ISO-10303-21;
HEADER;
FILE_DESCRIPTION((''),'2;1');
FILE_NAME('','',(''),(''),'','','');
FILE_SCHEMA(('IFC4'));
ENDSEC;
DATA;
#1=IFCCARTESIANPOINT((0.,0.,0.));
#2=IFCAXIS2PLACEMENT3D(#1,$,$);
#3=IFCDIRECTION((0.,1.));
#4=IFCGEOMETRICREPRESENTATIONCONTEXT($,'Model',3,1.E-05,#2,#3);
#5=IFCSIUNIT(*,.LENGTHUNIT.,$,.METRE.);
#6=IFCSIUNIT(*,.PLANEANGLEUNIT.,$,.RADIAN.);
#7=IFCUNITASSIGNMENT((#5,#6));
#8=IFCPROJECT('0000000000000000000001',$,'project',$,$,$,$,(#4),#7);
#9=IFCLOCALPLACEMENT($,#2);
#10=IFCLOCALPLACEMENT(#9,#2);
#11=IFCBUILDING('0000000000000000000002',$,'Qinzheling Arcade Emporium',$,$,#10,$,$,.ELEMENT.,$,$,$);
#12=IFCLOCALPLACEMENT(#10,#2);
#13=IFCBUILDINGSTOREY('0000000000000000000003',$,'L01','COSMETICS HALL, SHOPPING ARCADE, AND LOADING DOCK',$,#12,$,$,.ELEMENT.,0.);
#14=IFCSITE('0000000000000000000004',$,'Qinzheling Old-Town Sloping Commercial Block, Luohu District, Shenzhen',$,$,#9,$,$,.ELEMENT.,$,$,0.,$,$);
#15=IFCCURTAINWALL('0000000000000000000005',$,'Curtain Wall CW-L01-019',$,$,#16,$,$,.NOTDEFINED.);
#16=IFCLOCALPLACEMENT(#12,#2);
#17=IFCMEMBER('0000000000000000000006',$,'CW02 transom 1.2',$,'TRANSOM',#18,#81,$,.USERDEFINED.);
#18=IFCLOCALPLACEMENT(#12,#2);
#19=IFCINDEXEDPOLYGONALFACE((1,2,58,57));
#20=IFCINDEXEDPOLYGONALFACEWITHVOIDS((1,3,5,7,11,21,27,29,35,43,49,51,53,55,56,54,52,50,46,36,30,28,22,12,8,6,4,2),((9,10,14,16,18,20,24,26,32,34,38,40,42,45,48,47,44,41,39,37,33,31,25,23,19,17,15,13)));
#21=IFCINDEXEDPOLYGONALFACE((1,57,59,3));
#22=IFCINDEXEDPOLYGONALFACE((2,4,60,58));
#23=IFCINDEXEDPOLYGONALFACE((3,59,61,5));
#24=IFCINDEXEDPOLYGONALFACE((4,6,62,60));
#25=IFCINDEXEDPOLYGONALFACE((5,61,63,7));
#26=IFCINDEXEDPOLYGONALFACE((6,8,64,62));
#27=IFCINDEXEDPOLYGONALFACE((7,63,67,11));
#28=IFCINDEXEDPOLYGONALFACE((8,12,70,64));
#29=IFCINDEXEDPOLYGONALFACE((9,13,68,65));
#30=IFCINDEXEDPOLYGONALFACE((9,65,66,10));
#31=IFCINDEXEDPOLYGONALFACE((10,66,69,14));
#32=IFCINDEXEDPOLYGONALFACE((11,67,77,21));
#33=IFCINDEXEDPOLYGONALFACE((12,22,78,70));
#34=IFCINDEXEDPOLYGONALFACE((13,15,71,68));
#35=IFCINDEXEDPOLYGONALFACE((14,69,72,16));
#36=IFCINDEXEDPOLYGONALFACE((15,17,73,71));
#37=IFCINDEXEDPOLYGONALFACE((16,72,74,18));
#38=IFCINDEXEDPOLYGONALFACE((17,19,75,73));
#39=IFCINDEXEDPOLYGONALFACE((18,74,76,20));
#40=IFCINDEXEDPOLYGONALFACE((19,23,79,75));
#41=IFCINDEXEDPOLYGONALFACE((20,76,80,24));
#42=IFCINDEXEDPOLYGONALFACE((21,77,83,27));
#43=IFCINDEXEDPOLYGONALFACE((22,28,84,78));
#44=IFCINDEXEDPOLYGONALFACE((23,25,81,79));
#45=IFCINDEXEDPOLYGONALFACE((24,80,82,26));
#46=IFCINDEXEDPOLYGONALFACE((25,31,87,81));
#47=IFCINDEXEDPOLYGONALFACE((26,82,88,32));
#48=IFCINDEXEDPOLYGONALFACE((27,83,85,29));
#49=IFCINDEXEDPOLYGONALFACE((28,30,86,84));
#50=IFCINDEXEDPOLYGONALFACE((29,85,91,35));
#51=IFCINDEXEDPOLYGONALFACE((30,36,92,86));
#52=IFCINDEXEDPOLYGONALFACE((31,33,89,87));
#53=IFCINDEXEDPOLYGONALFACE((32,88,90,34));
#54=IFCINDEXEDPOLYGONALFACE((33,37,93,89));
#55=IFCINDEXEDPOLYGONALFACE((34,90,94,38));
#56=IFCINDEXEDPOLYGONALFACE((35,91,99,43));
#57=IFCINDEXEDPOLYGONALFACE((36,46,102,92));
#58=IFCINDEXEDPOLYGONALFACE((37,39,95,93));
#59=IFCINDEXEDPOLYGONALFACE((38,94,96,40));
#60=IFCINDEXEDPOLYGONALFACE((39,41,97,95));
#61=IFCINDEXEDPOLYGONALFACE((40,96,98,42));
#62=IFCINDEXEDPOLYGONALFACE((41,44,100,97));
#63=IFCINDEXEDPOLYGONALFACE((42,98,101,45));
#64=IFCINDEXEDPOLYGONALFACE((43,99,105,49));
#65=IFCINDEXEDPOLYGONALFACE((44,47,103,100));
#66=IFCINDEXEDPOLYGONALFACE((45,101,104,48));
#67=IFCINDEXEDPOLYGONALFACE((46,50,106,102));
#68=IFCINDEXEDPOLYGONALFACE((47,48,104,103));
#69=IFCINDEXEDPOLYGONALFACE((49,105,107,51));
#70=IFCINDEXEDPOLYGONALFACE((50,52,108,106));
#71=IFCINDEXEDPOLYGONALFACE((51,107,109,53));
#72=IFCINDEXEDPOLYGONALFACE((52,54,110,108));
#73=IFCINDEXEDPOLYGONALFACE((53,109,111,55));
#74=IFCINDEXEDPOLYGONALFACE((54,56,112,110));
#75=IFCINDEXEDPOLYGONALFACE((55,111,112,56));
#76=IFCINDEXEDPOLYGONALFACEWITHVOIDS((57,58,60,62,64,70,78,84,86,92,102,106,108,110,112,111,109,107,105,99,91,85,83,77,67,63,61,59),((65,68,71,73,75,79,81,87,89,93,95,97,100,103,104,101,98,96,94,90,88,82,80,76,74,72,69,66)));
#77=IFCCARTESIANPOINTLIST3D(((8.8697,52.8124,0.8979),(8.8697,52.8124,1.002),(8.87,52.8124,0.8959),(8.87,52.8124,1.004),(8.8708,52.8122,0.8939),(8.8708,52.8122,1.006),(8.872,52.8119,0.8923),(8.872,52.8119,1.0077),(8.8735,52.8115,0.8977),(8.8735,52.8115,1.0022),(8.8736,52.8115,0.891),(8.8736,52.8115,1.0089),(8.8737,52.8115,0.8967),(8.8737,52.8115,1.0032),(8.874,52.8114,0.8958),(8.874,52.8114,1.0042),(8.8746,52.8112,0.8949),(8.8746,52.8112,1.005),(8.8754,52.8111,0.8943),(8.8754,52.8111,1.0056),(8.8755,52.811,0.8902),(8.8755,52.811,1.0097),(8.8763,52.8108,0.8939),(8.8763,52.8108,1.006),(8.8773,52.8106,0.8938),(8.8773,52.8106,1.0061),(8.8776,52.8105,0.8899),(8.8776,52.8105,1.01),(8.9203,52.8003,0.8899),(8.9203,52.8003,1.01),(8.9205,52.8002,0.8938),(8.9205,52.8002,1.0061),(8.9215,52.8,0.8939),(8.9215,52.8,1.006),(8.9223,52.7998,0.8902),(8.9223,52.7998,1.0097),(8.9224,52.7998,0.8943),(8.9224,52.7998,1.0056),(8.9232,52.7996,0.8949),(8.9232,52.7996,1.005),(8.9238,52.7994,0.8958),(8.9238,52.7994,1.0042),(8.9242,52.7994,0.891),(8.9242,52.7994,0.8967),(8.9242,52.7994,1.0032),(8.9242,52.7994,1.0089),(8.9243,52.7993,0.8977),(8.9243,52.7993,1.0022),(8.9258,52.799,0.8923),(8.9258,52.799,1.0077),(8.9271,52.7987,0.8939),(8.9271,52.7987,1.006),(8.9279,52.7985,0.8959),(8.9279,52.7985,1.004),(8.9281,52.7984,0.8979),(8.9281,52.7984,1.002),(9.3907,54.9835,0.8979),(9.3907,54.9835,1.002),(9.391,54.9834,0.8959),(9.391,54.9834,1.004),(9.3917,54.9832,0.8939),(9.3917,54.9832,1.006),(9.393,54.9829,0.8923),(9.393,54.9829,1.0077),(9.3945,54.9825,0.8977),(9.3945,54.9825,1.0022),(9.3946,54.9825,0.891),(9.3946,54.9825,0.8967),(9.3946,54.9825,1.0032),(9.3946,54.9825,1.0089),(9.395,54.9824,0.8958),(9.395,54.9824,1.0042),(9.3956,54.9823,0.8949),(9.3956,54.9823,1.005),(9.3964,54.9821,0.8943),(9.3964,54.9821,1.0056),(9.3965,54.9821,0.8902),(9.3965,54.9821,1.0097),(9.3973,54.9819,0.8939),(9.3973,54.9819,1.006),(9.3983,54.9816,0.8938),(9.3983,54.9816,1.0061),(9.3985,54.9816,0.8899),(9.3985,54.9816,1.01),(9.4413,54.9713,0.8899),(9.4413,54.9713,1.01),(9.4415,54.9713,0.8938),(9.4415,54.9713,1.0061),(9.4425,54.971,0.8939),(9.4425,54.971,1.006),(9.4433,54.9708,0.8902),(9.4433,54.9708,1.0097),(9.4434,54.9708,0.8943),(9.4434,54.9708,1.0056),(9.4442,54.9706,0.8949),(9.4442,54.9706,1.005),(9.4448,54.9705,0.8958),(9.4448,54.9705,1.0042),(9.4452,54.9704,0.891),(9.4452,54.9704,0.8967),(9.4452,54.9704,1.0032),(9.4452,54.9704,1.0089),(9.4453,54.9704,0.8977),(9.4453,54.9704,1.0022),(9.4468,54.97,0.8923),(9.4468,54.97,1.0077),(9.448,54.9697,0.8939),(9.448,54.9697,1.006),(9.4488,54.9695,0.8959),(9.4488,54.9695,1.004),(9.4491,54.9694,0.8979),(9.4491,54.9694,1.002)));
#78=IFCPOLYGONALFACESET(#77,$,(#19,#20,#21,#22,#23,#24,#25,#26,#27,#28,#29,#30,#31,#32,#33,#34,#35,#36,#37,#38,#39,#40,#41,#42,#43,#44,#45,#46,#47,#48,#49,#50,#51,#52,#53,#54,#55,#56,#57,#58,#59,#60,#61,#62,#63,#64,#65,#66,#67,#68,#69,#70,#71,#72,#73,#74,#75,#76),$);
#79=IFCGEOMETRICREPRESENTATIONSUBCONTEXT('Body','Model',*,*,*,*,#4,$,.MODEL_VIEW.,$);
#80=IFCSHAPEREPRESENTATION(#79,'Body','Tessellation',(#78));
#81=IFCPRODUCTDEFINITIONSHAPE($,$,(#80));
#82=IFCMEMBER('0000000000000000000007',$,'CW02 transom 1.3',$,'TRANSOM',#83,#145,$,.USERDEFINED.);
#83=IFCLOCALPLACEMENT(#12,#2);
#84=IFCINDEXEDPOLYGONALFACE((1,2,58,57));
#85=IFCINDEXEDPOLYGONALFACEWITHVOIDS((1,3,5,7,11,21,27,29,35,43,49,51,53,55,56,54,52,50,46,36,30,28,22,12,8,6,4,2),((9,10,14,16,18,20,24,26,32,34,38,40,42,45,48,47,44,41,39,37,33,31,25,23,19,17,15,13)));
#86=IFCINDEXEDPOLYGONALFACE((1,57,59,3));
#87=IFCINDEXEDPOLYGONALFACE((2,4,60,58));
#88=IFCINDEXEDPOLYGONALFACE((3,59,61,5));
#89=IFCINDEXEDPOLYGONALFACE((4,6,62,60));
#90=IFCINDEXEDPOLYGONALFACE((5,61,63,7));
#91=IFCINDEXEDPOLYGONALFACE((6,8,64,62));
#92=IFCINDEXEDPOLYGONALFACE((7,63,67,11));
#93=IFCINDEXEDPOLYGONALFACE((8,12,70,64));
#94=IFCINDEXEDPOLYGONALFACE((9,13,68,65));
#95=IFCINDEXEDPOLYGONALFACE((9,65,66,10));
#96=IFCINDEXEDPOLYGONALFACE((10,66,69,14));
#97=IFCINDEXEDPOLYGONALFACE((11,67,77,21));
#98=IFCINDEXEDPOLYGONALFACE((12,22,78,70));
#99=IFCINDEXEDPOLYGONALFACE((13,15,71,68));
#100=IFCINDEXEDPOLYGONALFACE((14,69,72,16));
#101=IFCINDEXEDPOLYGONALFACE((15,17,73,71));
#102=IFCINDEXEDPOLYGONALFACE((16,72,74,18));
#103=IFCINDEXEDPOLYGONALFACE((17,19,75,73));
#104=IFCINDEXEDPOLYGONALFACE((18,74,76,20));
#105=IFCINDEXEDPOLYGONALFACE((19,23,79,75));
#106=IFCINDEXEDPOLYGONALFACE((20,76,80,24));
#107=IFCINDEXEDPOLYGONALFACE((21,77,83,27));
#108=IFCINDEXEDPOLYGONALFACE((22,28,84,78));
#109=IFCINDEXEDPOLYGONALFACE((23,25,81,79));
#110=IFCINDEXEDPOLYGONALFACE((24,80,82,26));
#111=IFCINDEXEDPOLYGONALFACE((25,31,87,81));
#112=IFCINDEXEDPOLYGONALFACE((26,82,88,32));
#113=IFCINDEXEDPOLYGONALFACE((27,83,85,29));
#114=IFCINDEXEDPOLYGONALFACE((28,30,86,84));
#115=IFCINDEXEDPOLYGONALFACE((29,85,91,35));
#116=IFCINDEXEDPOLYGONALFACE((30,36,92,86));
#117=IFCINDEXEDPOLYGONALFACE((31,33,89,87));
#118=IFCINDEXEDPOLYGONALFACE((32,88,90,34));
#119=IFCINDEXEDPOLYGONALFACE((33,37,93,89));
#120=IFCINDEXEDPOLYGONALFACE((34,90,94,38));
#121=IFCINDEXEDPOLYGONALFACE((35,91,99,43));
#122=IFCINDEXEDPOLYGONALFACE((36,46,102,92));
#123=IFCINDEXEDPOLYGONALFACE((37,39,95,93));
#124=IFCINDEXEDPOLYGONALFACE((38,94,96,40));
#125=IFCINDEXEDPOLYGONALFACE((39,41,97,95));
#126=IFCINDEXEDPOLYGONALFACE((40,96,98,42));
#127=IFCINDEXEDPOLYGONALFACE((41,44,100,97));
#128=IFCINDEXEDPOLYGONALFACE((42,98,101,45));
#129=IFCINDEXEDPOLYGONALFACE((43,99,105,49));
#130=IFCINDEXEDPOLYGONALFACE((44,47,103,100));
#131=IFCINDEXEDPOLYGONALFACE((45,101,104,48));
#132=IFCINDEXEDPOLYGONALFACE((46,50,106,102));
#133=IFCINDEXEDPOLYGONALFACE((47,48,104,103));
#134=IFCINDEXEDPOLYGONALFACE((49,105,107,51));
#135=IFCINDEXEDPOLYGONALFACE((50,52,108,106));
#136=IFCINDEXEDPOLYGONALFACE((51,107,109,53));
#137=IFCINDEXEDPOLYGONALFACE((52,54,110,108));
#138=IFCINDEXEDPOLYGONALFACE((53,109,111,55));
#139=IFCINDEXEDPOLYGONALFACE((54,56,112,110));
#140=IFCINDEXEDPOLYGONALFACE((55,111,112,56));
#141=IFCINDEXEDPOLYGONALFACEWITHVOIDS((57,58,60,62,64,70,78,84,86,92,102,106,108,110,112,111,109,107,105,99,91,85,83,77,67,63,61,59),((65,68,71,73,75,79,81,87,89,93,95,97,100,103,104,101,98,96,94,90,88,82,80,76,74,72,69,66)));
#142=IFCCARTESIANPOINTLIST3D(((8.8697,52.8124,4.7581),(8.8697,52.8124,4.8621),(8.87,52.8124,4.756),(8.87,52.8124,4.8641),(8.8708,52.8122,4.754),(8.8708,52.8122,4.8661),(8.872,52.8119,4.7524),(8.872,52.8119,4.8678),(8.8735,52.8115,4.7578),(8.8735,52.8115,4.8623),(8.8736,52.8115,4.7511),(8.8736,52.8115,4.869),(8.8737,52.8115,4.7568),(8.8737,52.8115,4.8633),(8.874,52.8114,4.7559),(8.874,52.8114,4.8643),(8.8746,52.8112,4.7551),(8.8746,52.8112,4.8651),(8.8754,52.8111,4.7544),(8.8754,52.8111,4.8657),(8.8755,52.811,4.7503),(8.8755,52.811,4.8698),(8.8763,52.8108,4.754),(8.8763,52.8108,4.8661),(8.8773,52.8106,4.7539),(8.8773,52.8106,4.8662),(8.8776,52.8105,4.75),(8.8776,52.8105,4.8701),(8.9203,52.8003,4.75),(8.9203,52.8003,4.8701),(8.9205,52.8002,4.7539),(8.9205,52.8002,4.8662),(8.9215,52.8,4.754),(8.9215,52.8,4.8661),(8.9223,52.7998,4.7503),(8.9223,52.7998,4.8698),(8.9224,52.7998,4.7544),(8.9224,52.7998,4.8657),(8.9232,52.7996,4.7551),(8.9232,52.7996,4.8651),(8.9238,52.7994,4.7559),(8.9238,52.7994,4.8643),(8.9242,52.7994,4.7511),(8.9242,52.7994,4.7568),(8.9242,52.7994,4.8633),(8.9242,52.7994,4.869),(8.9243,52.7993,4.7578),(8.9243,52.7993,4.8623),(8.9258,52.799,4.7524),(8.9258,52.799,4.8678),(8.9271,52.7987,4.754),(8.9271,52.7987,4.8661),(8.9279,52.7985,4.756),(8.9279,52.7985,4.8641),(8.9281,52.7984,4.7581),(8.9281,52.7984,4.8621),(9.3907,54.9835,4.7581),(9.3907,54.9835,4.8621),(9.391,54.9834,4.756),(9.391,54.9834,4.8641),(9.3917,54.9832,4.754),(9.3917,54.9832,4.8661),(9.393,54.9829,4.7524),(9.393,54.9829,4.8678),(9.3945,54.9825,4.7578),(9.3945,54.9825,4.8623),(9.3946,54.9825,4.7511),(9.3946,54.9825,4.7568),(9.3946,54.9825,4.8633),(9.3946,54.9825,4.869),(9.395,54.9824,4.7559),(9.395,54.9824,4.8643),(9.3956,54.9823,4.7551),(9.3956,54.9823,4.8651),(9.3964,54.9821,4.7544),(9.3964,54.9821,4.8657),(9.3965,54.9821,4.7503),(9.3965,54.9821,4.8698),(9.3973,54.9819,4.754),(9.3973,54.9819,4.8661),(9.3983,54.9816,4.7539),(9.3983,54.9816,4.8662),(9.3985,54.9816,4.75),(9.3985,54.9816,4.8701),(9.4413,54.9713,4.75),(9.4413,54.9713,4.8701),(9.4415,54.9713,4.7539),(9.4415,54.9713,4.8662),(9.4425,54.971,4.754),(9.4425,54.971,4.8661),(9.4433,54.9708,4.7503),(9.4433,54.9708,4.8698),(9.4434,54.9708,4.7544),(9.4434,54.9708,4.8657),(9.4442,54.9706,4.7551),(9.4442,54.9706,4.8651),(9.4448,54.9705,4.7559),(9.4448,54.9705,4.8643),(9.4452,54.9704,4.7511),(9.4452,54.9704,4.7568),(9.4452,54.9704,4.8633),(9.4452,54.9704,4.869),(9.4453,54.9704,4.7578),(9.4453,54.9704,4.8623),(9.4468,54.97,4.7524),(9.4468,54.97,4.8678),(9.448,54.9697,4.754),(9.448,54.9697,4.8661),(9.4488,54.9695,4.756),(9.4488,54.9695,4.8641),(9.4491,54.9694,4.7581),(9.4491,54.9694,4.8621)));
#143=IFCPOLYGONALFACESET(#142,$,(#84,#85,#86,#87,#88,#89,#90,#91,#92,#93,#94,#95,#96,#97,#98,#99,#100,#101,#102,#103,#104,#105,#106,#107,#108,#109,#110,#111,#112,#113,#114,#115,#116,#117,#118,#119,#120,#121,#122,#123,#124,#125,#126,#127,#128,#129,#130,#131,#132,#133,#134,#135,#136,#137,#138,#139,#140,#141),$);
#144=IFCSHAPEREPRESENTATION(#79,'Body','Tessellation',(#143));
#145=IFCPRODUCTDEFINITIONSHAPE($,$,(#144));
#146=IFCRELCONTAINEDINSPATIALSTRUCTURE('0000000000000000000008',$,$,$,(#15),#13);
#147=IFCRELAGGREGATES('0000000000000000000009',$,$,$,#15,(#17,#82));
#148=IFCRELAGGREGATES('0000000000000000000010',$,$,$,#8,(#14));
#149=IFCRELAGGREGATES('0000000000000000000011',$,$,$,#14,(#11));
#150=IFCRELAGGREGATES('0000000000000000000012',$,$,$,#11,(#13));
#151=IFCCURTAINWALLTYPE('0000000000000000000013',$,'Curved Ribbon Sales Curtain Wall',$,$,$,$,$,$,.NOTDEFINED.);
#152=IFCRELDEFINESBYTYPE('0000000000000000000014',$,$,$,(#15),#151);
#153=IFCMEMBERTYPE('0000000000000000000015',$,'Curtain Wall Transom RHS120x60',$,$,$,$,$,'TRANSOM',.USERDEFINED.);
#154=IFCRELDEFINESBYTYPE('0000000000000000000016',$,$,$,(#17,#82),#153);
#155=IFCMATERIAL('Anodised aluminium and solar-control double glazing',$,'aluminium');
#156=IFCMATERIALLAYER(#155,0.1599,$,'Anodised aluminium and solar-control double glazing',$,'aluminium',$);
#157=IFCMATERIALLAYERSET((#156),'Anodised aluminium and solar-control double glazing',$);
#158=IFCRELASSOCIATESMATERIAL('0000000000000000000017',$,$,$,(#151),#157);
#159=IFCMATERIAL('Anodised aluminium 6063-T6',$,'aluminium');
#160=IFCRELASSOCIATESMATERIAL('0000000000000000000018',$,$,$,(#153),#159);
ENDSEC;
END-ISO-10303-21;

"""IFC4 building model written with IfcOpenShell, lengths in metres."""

from ifc_helpers import new_model, si_unit, direction, frame, origin, origin_2d, place, context, subcontext, project, spatial, hollow_rectangle, extrude, material, layer, layer_set, material_profile, profile_set, type_object, element, aggregate, save


model = new_model("IFC4")

# Units and contexts
model_context = context("Model", 3, precision=1e-05, world=origin(), true_north=direction((0.0, 1.0)))
body_context = subcontext(model_context, "Body", "Model", "MODEL_VIEW")
ifc_project = project(units=[si_unit("LENGTHUNIT", "METRE"), si_unit("PLANEANGLEUNIT", "RADIAN")], contexts=[model_context])

# Site, building, storey
site_placement = place(None, origin())
site = spatial("IfcSite", under=ifc_project, at=site_placement, Name="Qinzheling Old-Town Sloping Commercial Block, Luohu District, Shenzhen", CompositionType="ELEMENT", RefElevation=0.0)
building_placement = place(site_placement, origin())
building = spatial("IfcBuilding", under=site, at=building_placement, Name="Qinzheling Arcade Emporium", CompositionType="ELEMENT")
storey_placement = place(building_placement, origin())
storey = spatial("IfcBuildingStorey", under=building, at=storey_placement, Name="L01", Description="COSMETICS HALL, SHOPPING ARCADE, AND LOADING DOCK", CompositionType="ELEMENT", Elevation=0.0)

# Curtain wall
ifc_material_1 = material(Name="Anodised aluminium and solar-control double glazing", Category="aluminium")
ifc_layer_1 = layer(ifc_material_1, 0.1599, Name="Anodised aluminium and solar-control double glazing", Category="aluminium")
ifc_layer_set_1 = layer_set([ifc_layer_1], Name="Anodised aluminium and solar-control double glazing")
curtain_wall_type = type_object("IfcCurtainWallType", Name="Curved Ribbon Sales Curtain Wall", PredefinedType="NOTDEFINED", material=ifc_layer_set_1)
curtain_wall_1_placement = place(storey_placement, origin())
curtain_wall_1 = element("IfcCurtainWall", 1, at=curtain_wall_1_placement, inside=storey, type_object=curtain_wall_type, Name="Curtain Wall CW-L01-019", PredefinedType="NOTDEFINED")
ifc_material_2 = material(Name="Anodised aluminium 6063-T6", Category="aluminium")

# Members
ifc_material_profile_1 = material_profile(ifc_material_2, hollow_rectangle(XDim=0.0601, YDim=0.1201, WallThickness=0.0039, InnerFilletRadius=0.0039, OuterFilletRadius=0.0081, at=origin_2d()), Name="RHS 120x60x4", Category="aluminium")
ifc_profile_set_1 = profile_set([ifc_material_profile_1], Name="Anodised aluminium 6063-T6")
member_type_1 = type_object("IfcMemberType", Name="Curtain Wall Transom RHS120x60", ElementType="TRANSOM", PredefinedType="USERDEFINED", material=ifc_profile_set_1)
member_1_placement = place(storey_placement, frame((8.8989, 52.8054, 0.95), z_axis=(0.23334, 0.972395, 0.0), x_axis=(-0.972395, 0.23334, 0.0)))
member_1 = element("IfcMember", 2, at=member_1_placement, type_object=member_type_1, Name="CW02 transom 1.2", ObjectType="TRANSOM", PredefinedType="USERDEFINED", context=body_context, shape_type="SweptSolid", body=[
    extrude(hollow_rectangle(XDim=0.0601, YDim=0.1201, WallThickness=0.0039, InnerFilletRadius=0.0039, OuterFilletRadius=0.0081, at=origin_2d()), origin(), (0.0, 0.0, 1.0), 2.2327),
])
member_2_placement = place(storey_placement, frame((8.8989, 52.8054, 4.8101), z_axis=(0.23334, 0.972395, 0.0), x_axis=(-0.972395, 0.23334, 0.0)))
member_2 = element("IfcMember", 3, at=member_2_placement, type_object=member_type_1, Name="CW02 transom 1.3", ObjectType="TRANSOM", PredefinedType="USERDEFINED", context=body_context, shape_type="SweptSolid", body=[
    extrude(hollow_rectangle(XDim=0.0601, YDim=0.1201, WallThickness=0.0039, InnerFilletRadius=0.0039, OuterFilletRadius=0.0081, at=origin_2d()), origin(), (0.0, 0.0, 1.0), 2.2327),
])

aggregate(curtain_wall_1, [member_1, member_2])

save(model, "model.ifc")
